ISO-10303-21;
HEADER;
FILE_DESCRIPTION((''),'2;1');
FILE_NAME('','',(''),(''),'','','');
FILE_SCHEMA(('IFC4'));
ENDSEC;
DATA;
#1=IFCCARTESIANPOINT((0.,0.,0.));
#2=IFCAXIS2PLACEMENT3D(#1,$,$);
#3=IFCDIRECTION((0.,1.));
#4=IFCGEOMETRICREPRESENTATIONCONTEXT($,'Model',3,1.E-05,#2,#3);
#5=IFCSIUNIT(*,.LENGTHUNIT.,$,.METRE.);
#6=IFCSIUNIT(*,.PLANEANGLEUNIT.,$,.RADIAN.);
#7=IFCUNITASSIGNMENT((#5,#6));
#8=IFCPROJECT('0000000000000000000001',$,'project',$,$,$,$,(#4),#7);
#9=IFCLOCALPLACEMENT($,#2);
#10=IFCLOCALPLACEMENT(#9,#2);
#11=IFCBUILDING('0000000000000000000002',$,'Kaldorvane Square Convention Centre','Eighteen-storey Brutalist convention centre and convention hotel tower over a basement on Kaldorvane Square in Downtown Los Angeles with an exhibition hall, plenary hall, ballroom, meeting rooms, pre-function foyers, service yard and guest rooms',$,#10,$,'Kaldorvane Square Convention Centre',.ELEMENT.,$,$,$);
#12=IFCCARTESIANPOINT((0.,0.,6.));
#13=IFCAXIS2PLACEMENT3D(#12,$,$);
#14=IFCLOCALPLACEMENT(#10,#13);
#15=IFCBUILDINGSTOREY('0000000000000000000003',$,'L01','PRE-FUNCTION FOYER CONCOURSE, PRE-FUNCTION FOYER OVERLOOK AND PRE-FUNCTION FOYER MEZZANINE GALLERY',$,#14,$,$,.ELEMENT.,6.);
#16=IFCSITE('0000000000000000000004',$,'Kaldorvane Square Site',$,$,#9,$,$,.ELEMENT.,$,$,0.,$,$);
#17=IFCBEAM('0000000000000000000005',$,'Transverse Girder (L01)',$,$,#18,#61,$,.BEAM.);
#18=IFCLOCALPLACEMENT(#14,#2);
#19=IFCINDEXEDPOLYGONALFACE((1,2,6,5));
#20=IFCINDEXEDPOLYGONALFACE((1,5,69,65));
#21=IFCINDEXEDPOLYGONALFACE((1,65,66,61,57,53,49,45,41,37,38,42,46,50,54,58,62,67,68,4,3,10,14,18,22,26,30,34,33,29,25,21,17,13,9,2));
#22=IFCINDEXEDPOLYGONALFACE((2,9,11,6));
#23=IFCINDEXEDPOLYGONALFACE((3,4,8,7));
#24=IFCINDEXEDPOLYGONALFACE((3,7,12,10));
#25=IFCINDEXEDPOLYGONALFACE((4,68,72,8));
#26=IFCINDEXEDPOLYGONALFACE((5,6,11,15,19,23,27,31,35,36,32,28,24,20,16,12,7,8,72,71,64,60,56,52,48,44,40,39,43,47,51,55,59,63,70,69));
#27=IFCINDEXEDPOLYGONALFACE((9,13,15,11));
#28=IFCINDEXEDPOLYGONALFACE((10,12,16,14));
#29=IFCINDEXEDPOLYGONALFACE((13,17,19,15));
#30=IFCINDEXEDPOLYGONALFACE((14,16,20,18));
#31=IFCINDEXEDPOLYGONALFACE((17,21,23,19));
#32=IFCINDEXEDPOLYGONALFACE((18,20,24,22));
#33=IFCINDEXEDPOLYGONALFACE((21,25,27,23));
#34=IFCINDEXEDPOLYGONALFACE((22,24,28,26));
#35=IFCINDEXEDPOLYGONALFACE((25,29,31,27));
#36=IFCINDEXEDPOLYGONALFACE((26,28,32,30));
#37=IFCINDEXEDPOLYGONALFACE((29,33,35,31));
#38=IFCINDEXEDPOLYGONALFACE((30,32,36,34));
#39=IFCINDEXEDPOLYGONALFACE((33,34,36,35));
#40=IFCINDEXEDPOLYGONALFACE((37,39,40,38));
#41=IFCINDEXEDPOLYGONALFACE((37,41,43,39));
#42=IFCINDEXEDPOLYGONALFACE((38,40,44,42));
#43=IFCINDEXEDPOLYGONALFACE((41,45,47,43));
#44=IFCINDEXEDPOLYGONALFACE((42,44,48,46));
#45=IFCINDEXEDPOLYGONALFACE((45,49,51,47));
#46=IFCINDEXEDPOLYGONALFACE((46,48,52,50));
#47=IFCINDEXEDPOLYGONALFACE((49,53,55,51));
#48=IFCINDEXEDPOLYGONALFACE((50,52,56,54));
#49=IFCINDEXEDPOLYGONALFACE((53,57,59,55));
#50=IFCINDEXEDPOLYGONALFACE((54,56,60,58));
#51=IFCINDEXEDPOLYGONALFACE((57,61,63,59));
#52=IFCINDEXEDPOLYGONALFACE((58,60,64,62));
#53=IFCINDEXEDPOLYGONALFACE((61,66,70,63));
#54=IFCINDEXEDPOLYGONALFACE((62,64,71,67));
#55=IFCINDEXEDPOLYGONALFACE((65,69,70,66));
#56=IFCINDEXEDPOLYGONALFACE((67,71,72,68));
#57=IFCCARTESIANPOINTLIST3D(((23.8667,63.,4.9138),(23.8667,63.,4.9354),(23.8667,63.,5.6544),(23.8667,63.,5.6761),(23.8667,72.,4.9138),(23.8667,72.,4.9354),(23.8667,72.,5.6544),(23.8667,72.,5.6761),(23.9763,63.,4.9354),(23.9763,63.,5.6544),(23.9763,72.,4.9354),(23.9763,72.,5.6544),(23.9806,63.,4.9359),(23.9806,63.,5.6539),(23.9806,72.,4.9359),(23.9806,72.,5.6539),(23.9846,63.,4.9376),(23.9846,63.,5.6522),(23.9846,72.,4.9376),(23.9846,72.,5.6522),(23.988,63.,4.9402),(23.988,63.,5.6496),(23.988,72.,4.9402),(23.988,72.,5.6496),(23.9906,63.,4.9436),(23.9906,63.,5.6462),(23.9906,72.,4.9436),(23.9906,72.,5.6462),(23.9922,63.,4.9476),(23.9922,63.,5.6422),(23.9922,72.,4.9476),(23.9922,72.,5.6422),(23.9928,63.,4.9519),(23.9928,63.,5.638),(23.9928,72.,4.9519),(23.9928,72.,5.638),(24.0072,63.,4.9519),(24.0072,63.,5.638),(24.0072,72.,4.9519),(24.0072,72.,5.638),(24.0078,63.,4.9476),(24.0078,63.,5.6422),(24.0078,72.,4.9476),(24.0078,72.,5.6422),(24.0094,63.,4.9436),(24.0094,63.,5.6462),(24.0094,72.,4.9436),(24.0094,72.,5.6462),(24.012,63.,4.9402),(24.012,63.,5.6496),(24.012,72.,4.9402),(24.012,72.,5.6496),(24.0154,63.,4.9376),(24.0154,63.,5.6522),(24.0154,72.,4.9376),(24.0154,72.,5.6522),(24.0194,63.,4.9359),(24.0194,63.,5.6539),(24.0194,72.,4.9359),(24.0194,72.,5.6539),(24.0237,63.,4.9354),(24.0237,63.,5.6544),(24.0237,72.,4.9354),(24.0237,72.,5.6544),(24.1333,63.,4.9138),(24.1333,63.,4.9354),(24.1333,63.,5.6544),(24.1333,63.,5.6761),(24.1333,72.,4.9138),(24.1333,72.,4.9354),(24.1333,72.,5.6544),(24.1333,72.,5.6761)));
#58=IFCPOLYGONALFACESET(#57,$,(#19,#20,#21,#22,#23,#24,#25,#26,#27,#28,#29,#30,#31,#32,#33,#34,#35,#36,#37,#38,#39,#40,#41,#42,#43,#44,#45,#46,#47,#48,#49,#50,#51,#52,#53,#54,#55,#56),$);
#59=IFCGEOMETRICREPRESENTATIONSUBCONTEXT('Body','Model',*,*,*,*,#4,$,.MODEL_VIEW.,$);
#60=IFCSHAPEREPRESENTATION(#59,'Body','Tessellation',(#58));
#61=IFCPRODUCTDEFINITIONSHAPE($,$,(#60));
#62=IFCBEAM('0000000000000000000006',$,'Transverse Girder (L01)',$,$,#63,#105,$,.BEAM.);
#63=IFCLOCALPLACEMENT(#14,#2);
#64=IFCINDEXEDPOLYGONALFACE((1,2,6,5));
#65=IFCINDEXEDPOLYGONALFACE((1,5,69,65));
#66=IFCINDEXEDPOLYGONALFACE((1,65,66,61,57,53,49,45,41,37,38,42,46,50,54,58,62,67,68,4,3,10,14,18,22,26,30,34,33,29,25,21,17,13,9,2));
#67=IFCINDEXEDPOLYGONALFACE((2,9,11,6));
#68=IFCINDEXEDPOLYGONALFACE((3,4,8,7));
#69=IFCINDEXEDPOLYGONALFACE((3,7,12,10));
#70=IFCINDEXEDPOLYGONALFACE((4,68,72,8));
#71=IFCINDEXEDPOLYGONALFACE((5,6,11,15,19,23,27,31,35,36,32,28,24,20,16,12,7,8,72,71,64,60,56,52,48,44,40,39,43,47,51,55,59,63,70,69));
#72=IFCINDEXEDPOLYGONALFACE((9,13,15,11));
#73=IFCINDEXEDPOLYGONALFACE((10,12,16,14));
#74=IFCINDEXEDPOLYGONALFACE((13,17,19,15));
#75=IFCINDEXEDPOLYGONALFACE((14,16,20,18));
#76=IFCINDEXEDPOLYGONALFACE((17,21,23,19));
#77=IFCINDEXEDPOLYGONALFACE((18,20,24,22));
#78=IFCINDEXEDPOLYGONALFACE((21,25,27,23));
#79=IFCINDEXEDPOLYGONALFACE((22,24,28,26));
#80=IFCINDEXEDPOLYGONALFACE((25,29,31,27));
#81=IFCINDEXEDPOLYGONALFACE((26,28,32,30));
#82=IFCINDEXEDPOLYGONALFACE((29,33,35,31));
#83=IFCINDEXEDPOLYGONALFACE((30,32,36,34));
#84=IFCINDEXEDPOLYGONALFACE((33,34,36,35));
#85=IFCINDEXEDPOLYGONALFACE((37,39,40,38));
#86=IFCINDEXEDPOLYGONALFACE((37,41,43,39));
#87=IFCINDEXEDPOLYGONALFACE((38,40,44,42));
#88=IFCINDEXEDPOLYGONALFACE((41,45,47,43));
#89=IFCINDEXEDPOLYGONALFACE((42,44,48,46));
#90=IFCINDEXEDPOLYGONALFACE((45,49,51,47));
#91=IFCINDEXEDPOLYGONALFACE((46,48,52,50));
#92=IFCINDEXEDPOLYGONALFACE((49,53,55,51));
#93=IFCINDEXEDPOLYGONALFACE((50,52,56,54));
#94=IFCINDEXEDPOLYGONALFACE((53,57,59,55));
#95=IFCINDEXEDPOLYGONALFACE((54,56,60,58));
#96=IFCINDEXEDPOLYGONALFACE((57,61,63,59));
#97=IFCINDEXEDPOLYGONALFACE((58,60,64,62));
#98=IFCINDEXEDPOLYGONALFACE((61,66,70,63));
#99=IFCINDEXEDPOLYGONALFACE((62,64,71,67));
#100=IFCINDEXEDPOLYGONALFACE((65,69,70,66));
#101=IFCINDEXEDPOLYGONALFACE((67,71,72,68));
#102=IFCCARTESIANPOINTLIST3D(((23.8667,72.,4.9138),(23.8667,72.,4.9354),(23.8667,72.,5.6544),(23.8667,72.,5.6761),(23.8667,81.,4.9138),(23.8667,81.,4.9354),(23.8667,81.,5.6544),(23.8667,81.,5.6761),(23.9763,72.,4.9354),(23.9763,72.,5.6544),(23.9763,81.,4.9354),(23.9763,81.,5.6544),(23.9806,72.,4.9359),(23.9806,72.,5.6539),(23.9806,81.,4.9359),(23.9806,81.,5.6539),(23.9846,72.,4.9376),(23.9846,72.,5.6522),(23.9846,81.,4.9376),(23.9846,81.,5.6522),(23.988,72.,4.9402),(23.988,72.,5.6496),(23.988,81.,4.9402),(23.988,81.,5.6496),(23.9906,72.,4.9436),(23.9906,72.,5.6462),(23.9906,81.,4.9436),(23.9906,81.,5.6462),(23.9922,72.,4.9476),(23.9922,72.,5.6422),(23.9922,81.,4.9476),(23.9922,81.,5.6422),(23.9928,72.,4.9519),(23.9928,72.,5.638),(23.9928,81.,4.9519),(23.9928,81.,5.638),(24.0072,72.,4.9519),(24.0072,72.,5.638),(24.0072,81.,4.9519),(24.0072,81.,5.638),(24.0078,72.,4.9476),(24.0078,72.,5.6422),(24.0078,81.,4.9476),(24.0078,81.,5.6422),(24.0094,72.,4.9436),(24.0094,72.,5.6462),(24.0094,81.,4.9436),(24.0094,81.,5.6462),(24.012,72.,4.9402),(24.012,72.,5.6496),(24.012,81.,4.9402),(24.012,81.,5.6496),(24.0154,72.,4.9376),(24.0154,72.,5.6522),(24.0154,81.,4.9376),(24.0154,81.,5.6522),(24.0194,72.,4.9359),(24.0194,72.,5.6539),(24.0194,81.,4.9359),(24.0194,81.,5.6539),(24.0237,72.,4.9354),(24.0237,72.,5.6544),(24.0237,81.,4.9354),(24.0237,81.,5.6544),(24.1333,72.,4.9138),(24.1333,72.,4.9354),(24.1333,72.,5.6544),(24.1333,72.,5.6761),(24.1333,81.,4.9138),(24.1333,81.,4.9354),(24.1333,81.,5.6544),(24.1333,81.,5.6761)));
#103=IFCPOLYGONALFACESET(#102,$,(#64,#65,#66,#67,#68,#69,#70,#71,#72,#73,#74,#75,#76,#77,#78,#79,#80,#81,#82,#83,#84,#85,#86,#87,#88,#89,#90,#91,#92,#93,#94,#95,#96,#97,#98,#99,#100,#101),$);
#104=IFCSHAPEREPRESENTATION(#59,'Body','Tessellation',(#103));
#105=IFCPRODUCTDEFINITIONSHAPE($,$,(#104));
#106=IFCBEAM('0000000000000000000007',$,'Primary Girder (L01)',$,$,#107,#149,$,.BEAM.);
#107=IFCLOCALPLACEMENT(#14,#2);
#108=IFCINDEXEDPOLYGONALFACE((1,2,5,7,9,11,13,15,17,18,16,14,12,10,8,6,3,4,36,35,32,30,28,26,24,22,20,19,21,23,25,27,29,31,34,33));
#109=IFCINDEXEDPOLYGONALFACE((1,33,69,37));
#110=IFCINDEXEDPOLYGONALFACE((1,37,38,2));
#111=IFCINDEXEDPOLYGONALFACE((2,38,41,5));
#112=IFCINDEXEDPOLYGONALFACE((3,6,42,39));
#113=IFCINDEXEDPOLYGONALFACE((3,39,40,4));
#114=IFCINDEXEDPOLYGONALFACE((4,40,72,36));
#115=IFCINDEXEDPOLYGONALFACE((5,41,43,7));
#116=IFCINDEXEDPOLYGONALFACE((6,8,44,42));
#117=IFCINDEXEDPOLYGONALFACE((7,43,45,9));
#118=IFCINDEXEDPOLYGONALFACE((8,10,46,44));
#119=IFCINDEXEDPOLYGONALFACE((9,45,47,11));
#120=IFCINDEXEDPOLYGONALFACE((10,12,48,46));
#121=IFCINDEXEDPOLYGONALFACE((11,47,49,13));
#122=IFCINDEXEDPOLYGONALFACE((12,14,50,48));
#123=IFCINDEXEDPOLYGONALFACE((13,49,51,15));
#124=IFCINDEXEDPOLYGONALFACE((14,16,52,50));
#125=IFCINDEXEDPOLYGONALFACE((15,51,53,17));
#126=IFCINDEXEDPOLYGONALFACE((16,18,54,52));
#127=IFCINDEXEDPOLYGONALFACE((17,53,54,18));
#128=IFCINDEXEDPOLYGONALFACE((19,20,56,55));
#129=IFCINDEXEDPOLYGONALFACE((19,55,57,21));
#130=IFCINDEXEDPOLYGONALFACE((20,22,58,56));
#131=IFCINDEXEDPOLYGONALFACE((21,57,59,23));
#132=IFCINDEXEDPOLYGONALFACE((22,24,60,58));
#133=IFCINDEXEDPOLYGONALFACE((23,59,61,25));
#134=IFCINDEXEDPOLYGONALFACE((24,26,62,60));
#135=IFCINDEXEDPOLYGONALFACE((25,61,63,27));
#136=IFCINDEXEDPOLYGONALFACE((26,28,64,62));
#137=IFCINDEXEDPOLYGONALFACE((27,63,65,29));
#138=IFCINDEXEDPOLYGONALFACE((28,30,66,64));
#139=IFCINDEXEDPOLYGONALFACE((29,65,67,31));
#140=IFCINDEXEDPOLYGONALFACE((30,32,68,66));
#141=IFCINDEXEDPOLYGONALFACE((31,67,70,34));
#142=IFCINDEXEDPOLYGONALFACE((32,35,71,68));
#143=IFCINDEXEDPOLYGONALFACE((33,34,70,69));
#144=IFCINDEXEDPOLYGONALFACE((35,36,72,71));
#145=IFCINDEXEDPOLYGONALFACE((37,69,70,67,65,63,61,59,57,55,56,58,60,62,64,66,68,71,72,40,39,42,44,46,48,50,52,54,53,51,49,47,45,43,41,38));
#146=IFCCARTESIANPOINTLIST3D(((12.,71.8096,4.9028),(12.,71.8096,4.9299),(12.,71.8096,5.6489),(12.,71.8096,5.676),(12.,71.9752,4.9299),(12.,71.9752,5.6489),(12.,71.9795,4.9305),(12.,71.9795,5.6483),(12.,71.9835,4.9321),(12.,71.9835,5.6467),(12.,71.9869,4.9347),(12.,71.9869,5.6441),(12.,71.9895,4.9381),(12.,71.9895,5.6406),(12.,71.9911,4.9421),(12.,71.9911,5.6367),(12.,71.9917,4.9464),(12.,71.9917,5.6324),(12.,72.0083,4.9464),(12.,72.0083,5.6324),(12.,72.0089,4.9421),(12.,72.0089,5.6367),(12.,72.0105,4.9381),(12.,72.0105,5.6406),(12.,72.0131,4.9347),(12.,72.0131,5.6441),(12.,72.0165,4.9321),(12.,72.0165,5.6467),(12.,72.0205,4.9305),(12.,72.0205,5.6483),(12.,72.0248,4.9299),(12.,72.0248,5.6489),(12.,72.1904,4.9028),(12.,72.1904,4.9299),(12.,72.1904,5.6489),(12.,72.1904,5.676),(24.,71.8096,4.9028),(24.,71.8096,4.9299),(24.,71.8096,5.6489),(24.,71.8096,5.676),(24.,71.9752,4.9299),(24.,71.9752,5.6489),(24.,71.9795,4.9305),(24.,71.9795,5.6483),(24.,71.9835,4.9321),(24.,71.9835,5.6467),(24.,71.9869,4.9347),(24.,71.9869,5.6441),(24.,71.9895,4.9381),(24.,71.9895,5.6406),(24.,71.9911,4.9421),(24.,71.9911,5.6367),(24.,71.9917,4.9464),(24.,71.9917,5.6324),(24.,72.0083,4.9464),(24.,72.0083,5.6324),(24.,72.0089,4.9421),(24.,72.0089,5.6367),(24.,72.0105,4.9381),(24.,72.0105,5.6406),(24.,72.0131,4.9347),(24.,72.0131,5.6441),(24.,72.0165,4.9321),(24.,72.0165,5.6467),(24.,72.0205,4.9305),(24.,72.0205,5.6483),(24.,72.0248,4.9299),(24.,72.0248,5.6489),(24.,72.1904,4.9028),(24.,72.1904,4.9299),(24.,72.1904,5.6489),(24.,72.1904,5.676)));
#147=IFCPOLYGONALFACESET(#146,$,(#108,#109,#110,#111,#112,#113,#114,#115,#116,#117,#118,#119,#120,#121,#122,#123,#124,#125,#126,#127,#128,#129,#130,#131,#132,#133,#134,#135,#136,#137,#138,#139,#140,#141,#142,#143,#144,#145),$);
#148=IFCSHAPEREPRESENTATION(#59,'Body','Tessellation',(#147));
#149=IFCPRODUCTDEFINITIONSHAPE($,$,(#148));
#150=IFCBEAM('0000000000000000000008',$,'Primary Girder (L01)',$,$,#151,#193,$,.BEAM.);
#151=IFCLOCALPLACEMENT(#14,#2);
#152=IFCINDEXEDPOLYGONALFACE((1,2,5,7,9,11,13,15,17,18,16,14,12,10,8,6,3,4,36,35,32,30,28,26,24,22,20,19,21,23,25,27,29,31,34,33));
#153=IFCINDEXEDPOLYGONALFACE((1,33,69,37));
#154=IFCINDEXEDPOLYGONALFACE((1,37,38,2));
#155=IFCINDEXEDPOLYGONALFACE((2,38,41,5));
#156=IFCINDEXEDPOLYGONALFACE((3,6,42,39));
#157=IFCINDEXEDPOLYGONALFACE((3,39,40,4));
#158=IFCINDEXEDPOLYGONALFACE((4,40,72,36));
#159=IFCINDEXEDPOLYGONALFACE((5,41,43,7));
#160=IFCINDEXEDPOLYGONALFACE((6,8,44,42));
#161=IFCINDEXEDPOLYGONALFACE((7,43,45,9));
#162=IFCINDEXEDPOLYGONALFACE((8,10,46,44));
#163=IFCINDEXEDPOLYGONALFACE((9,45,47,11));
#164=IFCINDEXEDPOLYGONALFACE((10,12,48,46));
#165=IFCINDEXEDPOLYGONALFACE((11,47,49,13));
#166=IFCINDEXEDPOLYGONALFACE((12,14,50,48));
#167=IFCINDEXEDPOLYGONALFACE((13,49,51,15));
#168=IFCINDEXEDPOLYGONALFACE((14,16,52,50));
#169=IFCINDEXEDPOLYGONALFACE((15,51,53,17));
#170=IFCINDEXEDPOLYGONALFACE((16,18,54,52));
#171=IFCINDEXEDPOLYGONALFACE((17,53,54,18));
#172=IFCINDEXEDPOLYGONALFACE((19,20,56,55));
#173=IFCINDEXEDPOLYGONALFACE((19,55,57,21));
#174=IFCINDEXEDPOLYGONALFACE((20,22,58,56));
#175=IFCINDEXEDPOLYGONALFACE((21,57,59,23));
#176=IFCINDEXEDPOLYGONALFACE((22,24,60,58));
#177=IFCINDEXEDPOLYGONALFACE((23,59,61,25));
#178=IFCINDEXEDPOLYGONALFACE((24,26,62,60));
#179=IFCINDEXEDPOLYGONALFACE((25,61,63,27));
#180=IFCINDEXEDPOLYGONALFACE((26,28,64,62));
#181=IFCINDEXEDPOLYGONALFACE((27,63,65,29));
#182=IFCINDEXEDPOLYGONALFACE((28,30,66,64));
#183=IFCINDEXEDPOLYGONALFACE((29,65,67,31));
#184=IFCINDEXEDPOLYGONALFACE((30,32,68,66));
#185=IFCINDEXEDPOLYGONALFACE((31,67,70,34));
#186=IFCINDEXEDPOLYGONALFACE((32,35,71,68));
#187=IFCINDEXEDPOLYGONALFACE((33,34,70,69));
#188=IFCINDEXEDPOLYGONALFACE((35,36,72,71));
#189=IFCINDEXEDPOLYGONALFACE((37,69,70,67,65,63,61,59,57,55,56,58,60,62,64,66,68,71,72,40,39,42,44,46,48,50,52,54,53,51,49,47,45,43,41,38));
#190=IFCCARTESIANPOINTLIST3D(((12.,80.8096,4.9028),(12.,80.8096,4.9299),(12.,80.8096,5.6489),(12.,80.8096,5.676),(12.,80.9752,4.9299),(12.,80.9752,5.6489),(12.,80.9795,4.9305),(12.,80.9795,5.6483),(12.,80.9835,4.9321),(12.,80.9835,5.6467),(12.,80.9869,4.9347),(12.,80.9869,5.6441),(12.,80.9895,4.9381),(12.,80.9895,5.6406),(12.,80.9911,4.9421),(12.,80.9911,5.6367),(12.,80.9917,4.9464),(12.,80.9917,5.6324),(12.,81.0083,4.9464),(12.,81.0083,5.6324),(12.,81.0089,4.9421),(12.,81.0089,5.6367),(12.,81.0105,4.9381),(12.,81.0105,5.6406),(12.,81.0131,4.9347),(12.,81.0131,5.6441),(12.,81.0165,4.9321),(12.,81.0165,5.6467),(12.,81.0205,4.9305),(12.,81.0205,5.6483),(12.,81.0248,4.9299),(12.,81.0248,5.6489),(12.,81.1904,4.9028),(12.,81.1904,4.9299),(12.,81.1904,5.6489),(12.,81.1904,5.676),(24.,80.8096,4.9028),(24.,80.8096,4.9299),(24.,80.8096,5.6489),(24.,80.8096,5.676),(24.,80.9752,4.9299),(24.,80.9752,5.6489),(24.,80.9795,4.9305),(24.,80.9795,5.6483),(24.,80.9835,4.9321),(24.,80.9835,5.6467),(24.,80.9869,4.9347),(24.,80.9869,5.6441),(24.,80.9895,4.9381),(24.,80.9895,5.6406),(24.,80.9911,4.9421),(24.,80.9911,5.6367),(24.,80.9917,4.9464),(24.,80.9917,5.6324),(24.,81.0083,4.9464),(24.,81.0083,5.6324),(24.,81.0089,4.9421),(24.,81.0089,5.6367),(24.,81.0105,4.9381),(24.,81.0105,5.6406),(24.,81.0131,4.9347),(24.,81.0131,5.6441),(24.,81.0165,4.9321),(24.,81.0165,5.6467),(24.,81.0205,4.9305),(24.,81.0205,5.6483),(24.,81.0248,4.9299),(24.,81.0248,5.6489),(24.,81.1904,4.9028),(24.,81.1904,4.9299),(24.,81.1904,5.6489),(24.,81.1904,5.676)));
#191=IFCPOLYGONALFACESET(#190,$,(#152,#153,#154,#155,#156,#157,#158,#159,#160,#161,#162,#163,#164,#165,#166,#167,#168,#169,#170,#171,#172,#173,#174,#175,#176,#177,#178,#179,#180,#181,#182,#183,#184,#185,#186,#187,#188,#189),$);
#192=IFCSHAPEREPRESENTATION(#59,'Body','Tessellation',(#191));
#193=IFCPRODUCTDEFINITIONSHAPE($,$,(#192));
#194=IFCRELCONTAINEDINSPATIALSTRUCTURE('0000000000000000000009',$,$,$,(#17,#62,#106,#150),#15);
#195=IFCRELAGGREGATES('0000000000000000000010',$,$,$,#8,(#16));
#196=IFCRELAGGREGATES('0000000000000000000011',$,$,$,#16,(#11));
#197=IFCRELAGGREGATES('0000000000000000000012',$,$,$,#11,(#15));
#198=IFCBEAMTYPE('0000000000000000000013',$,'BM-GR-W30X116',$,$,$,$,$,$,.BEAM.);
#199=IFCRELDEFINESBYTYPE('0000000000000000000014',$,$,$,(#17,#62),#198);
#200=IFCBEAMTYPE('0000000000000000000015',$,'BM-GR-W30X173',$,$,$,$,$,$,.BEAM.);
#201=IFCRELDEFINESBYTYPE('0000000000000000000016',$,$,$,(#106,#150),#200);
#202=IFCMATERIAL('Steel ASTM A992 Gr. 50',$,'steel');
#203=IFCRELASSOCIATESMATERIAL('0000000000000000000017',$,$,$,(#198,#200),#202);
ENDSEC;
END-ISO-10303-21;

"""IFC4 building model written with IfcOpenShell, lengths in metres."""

from ifc_helpers import new_model, si_unit, direction, frame, origin, origin_2d, place, context, subcontext, project, spatial, i_section, extrude, material, material_profile, profile_set, type_object, element, save


model = new_model("IFC4")

# Units and contexts
model_context = context("Model", 3, precision=1e-05, world=origin(), true_north=direction((0.0, 1.0)))
body_context = subcontext(model_context, "Body", "Model", "MODEL_VIEW")
ifc_project = project(units=[si_unit("LENGTHUNIT", "METRE"), si_unit("PLANEANGLEUNIT", "RADIAN")], contexts=[model_context])

# Site, building, storey
site_placement = place(None, origin())
site = spatial("IfcSite", under=ifc_project, at=site_placement, Name="Kaldorvane Square Site", CompositionType="ELEMENT", RefElevation=0.0)
building_placement = place(site_placement, origin())
building = spatial("IfcBuilding", under=site, at=building_placement, Name="Kaldorvane Square Convention Centre", Description="Eighteen-storey Brutalist convention centre and convention hotel tower over a basement on Kaldorvane Square in Downtown Los Angeles with an exhibition hall, plenary hall, ballroom, meeting rooms, pre-function foyers, service yard and guest rooms", LongName="Kaldorvane Square Convention Centre", CompositionType="ELEMENT")
storey_placement = place(building_placement, frame((0.0, 0.0, 6.0)))
storey = spatial("IfcBuildingStorey", under=building, at=storey_placement, Name="L01", Description="PRE-FUNCTION FOYER CONCOURSE, PRE-FUNCTION FOYER OVERLOOK AND PRE-FUNCTION FOYER MEZZANINE GALLERY", CompositionType="ELEMENT", Elevation=6.0)

# Shared definitions
ifc_material_1 = material(Name="Steel ASTM A992 Gr. 50", Category="steel")

# Beams
ifc_material_profile_1 = material_profile(ifc_material_1, i_section(OverallWidth=0.2666, OverallDepth=0.7623, WebThickness=0.0144, FlangeThickness=0.0216, FilletRadius=0.0165, at=origin_2d()), Name="W30X116")
ifc_profile_set_1 = profile_set([ifc_material_profile_1], Name="Steel ASTM A992 Gr. 50")
beam_type_1 = type_object("IfcBeamType", Name="BM-GR-W30X116", PredefinedType="BEAM", material=ifc_profile_set_1)
for number, where, z_axis, x_axis, name in (
    (1, (24.0, 63.0, 5.2949), (0.0, 1.0, 0.0), (-1.0, 0.0, 0.0), "Transverse Girder (L01)"),
    (2, (24.0, 72.0, 5.2949), (0.0, 1.0, 0.0), (-1.0, 0.0, 0.0), "Transverse Girder (L01)"),
):
    element("IfcBeam", number, at=place(storey_placement, frame(where, z_axis=z_axis, x_axis=x_axis)), inside=storey, type_object=beam_type_1, Name=name, PredefinedType="BEAM", context=body_context, shape_type="SweptSolid", body=[
        extrude(i_section(OverallWidth=0.2666, OverallDepth=0.7623, WebThickness=0.0144, FlangeThickness=0.0216, FilletRadius=0.0165, at=origin_2d()), origin(), (0.0, 0.0, 1.0), 9.0),
    ])
ifc_material_profile_2 = material_profile(ifc_material_1, i_section(OverallWidth=0.3807, OverallDepth=0.7732, WebThickness=0.0166, FlangeThickness=0.0271, FilletRadius=0.0165, at=origin_2d()), Name="W30X173")
ifc_profile_set_2 = profile_set([ifc_material_profile_2], Name="Steel ASTM A992 Gr. 50")
beam_type_2 = type_object("IfcBeamType", Name="BM-GR-W30X173", PredefinedType="BEAM", material=ifc_profile_set_2)
for number, where, z_axis, x_axis, name in (
    (3, (12.0, 72.0, 5.2894), (1.0, 0.0, 0.0), (0.0, 1.0, 0.0), "Primary Girder (L01)"),
    (4, (12.0, 81.0, 5.2894), (1.0, 0.0, 0.0), (0.0, 1.0, 0.0), "Primary Girder (L01)"),
):
    element("IfcBeam", number, at=place(storey_placement, frame(where, z_axis=z_axis, x_axis=x_axis)), inside=storey, type_object=beam_type_2, Name=name, PredefinedType="BEAM", context=body_context, shape_type="SweptSolid", body=[
        extrude(i_section(OverallWidth=0.3807, OverallDepth=0.7732, WebThickness=0.0166, FlangeThickness=0.0271, FilletRadius=0.0165, at=origin_2d()), origin(), (0.0, 0.0, 1.0), 12.0),
    ])

save(model, "model.ifc")
